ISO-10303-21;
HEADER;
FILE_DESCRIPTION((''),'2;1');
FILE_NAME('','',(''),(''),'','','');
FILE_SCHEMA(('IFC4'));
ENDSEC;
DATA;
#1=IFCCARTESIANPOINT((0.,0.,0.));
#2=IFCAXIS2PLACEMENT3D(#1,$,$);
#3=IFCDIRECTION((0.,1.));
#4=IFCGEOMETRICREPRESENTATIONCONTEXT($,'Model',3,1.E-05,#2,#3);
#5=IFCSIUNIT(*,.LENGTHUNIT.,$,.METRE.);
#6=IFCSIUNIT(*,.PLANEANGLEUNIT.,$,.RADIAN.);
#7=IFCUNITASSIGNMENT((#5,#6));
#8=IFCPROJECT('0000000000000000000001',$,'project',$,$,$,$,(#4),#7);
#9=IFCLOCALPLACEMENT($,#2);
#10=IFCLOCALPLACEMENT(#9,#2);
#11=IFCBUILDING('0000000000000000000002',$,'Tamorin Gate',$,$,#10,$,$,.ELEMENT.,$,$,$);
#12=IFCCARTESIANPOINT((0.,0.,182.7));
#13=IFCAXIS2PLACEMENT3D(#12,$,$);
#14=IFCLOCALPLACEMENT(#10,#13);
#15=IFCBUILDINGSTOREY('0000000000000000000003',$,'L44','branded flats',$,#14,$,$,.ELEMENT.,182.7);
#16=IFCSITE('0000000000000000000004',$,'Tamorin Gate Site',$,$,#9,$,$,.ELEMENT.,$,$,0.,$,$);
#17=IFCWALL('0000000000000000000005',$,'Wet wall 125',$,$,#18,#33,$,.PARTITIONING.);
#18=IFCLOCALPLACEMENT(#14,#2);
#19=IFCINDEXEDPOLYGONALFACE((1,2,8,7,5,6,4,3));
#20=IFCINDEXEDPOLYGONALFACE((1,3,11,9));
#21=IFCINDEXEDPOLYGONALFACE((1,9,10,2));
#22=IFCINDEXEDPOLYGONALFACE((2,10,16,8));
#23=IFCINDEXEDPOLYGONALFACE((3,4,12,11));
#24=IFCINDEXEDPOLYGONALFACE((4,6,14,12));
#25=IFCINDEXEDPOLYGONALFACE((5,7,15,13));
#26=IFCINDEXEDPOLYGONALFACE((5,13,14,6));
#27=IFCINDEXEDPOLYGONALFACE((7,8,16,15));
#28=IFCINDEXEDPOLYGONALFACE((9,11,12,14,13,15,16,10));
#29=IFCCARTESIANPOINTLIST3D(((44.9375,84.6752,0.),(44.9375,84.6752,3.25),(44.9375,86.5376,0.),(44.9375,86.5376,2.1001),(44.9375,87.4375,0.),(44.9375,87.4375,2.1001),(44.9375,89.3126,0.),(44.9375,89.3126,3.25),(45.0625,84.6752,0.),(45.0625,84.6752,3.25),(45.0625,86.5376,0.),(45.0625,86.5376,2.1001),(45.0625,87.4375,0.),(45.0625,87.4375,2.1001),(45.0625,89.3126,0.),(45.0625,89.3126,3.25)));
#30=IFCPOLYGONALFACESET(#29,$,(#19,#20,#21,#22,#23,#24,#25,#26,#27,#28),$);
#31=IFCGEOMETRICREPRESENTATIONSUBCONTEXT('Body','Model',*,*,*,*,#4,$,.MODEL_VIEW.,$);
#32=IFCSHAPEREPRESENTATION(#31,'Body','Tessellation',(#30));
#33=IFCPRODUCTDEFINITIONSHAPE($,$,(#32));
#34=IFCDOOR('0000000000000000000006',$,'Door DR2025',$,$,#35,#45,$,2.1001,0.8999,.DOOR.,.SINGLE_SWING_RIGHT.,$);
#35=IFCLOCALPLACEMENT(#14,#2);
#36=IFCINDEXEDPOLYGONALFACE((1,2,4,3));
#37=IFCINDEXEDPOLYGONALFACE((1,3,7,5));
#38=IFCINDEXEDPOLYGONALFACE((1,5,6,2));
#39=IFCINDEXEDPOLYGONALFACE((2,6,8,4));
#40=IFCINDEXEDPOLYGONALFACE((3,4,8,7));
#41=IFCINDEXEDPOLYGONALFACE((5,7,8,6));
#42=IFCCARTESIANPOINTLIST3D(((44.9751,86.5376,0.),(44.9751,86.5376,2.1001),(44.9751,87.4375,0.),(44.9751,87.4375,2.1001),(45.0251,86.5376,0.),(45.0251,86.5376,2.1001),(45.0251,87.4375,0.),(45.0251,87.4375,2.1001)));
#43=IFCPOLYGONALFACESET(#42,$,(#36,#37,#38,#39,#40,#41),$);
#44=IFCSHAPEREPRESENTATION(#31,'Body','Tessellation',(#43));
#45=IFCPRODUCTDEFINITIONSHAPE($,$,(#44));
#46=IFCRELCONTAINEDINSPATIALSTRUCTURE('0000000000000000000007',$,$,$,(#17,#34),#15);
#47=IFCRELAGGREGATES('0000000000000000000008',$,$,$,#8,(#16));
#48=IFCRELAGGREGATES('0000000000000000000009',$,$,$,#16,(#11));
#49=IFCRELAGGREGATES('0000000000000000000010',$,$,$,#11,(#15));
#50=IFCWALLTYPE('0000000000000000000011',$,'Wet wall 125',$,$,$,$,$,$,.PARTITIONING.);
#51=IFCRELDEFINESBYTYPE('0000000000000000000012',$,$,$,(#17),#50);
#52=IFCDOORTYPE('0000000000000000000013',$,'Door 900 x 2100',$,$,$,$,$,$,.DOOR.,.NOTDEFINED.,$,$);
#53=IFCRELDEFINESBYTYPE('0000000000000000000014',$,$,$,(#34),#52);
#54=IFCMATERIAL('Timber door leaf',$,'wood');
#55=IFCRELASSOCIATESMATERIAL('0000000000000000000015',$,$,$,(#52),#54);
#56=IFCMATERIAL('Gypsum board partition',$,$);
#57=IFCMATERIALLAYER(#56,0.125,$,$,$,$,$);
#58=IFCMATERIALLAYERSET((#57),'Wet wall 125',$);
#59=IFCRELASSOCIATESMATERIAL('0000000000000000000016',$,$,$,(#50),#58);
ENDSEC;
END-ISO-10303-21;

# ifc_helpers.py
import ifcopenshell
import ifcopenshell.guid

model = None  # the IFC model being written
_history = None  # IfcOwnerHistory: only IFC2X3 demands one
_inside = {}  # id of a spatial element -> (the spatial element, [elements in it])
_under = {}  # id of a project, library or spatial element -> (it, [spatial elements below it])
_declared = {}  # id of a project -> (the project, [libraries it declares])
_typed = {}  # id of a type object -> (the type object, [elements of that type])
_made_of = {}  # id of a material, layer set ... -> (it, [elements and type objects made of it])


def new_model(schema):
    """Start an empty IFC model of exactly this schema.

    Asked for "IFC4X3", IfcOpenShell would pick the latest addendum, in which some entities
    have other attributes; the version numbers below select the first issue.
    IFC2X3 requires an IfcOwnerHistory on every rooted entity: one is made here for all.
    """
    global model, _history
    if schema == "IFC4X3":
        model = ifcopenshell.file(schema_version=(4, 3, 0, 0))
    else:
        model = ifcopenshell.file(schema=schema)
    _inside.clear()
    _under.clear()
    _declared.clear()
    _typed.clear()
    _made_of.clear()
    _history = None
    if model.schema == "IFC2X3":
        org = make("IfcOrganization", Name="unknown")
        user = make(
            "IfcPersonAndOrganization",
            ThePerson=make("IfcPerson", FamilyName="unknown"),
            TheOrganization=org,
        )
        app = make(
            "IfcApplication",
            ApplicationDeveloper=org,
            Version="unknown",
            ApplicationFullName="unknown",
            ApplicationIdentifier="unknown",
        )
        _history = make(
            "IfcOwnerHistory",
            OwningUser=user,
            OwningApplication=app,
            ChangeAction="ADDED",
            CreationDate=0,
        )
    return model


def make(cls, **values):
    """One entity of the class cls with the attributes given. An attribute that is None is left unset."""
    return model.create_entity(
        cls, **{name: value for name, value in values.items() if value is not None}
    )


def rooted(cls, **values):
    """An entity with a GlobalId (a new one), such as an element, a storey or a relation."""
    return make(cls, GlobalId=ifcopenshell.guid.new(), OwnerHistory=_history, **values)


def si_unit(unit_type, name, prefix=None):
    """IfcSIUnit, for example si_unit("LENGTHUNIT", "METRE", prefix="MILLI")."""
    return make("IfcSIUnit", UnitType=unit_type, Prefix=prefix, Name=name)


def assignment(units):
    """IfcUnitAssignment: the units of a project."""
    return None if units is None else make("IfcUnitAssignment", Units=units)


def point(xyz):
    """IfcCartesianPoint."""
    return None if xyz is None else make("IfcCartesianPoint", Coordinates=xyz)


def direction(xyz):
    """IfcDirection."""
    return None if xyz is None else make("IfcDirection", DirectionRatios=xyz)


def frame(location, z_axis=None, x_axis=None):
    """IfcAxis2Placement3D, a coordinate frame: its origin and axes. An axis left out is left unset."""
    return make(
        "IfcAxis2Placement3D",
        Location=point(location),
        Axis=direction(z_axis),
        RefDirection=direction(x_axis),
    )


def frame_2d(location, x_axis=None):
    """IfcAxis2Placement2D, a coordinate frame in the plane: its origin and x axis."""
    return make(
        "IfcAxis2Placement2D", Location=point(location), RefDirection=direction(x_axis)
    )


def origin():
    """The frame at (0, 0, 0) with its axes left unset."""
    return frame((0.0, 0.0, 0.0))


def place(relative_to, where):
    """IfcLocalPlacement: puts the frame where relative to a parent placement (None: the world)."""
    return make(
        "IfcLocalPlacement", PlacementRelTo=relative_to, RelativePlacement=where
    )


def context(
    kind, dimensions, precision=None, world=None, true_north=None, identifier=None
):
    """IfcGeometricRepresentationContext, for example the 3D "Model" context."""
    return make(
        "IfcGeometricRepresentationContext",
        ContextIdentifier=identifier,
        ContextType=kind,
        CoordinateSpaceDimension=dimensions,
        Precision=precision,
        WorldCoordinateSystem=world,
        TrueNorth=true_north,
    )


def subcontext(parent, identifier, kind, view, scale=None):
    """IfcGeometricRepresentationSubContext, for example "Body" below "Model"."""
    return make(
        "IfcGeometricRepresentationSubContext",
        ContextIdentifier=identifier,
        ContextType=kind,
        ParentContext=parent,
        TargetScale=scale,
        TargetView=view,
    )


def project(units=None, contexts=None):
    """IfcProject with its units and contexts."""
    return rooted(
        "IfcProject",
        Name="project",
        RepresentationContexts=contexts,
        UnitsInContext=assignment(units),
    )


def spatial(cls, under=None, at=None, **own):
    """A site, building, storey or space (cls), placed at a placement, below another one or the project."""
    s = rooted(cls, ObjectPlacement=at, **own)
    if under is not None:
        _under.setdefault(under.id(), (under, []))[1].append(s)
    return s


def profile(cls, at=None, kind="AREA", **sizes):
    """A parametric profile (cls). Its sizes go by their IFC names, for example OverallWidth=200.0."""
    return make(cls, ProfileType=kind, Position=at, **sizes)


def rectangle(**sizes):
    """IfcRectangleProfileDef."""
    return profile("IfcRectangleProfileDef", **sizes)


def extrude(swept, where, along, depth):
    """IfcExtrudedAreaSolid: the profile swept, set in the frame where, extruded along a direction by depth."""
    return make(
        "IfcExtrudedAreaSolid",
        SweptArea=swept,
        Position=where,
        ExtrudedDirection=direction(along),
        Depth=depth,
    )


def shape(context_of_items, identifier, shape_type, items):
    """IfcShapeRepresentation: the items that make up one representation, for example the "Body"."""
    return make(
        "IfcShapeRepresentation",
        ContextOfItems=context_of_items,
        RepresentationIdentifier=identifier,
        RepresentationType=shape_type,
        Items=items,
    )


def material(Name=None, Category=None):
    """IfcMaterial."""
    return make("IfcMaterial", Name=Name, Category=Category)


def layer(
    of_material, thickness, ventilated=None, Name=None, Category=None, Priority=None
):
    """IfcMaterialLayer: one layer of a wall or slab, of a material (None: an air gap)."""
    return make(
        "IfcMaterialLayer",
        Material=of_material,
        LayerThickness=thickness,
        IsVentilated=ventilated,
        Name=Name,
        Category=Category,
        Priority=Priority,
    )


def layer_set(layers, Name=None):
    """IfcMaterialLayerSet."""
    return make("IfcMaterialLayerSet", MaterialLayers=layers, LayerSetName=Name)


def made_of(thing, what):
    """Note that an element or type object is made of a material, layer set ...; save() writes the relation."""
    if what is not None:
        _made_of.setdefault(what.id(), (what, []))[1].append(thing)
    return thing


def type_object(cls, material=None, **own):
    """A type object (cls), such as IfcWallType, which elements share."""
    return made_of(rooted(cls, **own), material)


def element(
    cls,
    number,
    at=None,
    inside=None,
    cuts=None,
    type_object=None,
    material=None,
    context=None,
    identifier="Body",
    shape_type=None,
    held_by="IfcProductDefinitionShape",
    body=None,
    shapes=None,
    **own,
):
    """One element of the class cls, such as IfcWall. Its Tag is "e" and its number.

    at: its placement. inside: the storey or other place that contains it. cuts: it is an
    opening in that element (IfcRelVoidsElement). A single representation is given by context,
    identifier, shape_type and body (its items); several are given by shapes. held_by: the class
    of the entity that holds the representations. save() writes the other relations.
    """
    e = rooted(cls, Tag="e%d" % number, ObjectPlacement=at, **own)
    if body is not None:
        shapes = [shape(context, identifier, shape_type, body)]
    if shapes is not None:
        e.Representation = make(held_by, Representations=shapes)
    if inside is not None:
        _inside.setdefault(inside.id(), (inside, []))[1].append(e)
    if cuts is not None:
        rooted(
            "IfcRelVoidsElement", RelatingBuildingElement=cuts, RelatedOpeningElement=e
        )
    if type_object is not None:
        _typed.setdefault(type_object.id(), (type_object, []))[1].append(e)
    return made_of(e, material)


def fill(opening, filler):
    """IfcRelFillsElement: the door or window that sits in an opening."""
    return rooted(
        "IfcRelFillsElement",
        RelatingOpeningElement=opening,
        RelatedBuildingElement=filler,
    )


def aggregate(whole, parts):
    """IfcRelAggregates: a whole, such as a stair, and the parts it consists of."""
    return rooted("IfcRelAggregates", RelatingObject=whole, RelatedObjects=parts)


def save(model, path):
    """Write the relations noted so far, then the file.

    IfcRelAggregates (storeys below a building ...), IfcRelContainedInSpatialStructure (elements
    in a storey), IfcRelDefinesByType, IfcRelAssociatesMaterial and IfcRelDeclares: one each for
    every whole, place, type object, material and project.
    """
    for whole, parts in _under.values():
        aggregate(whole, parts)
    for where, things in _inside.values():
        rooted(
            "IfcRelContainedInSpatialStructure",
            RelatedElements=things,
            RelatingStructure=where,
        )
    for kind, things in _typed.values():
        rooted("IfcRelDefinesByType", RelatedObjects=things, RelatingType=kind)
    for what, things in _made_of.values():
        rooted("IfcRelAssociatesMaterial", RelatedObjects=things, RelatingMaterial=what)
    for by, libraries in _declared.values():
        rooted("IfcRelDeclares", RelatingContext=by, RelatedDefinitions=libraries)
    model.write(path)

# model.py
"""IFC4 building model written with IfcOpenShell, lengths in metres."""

from ifc_helpers import new_model, si_unit, direction, frame, frame_2d, origin, place, context, subcontext, project, spatial, rectangle, extrude, material, layer, layer_set, type_object, element, fill, save


model = new_model("IFC4")

# Units and contexts
model_context = context("Model", 3, precision=1e-05, world=origin(), true_north=direction((0.0, 1.0)))
body_context = subcontext(model_context, "Body", "Model", "MODEL_VIEW")
ifc_project = project(units=[si_unit("LENGTHUNIT", "METRE"), si_unit("PLANEANGLEUNIT", "RADIAN")], contexts=[model_context])

# Site, building, storey
site_placement = place(None, origin())
site = spatial("IfcSite", under=ifc_project, at=site_placement, Name="Tamorin Gate Site", CompositionType="ELEMENT", RefElevation=0.0)
building_placement = place(site_placement, origin())
building = spatial("IfcBuilding", under=site, at=building_placement, Name="Tamorin Gate", CompositionType="ELEMENT")
storey_placement = place(building_placement, frame((0.0, 0.0, 182.7)))
storey = spatial("IfcBuildingStorey", under=building, at=storey_placement, Name="L44", Description="branded flats", CompositionType="ELEMENT", Elevation=182.7)

# Shared definitions
ifc_material_1 = material(Name="Gypsum board partition")

# Shared definitions
ifc_material_2 = material(Name="Timber door leaf", Category="wood")
door_type = type_object("IfcDoorType", Name="Door 900 x 2100", OperationType="NOTDEFINED", PredefinedType="DOOR", material=ifc_material_2)

# Shared definitions
ifc_layer_1 = layer(ifc_material_1, 0.125)
ifc_layer_set_1 = layer_set([ifc_layer_1], Name="Wet wall 125")
wall_type_1 = type_object("IfcWallType", Name="Wet wall 125", PredefinedType="PARTITIONING", material=ifc_layer_set_1)

# Wall, opening, door
wall_1_placement = place(storey_placement, frame((45.0, 84.675, 0.0), z_axis=(0.0, 0.0, 1.0), x_axis=(0.0, 1.0, 0.0)))
wall_1 = element("IfcWall", 1, at=wall_1_placement, inside=storey, type_object=wall_type_1, Name="Wet wall 125", PredefinedType="PARTITIONING", context=body_context, shape_type="SweptSolid", body=[
    extrude(rectangle(XDim=4.6375, YDim=0.125, at=frame_2d((2.3188, 0.0))), origin(), (0.0, 0.0, 1.0), 3.25),
])
opening_1_placement = place(wall_1_placement, frame((1.8625, 0.0, 0.0)))
opening_1 = element("IfcOpeningElement", 2, at=opening_1_placement, cuts=wall_1, PredefinedType="OPENING", context=body_context, shape_type="SweptSolid", body=[
    extrude(rectangle(XDim=0.8999, YDim=2.1001, at=frame_2d((0.45, 1.05))), frame((0.0, 0.0725, 0.0), z_axis=(0.0, -1.0, 0.0), x_axis=(1.0, 0.0, 0.0)), (0.0, 0.0, 1.0), 0.145),
])
door_1_placement = place(opening_1_placement, origin())
door_1 = element("IfcDoor", 3, at=door_1_placement, inside=storey, type_object=door_type, Name="Door DR2025", OperationType="SINGLE_SWING_RIGHT", OverallHeight=2.1001, OverallWidth=0.8999, PredefinedType="DOOR", context=body_context, shape_type="SweptSolid", body=[
    extrude(rectangle(XDim=0.8999, YDim=2.1001, at=frame_2d((0.45, 1.05))), frame((0.0, 0.0249, 0.0), z_axis=(0.0, -1.0, 0.0), x_axis=(1.0, 0.0, 0.0)), (0.0, 0.0, 1.0), 0.05),
])
fill(opening_1, door_1)

save(model, "model.ifc")
